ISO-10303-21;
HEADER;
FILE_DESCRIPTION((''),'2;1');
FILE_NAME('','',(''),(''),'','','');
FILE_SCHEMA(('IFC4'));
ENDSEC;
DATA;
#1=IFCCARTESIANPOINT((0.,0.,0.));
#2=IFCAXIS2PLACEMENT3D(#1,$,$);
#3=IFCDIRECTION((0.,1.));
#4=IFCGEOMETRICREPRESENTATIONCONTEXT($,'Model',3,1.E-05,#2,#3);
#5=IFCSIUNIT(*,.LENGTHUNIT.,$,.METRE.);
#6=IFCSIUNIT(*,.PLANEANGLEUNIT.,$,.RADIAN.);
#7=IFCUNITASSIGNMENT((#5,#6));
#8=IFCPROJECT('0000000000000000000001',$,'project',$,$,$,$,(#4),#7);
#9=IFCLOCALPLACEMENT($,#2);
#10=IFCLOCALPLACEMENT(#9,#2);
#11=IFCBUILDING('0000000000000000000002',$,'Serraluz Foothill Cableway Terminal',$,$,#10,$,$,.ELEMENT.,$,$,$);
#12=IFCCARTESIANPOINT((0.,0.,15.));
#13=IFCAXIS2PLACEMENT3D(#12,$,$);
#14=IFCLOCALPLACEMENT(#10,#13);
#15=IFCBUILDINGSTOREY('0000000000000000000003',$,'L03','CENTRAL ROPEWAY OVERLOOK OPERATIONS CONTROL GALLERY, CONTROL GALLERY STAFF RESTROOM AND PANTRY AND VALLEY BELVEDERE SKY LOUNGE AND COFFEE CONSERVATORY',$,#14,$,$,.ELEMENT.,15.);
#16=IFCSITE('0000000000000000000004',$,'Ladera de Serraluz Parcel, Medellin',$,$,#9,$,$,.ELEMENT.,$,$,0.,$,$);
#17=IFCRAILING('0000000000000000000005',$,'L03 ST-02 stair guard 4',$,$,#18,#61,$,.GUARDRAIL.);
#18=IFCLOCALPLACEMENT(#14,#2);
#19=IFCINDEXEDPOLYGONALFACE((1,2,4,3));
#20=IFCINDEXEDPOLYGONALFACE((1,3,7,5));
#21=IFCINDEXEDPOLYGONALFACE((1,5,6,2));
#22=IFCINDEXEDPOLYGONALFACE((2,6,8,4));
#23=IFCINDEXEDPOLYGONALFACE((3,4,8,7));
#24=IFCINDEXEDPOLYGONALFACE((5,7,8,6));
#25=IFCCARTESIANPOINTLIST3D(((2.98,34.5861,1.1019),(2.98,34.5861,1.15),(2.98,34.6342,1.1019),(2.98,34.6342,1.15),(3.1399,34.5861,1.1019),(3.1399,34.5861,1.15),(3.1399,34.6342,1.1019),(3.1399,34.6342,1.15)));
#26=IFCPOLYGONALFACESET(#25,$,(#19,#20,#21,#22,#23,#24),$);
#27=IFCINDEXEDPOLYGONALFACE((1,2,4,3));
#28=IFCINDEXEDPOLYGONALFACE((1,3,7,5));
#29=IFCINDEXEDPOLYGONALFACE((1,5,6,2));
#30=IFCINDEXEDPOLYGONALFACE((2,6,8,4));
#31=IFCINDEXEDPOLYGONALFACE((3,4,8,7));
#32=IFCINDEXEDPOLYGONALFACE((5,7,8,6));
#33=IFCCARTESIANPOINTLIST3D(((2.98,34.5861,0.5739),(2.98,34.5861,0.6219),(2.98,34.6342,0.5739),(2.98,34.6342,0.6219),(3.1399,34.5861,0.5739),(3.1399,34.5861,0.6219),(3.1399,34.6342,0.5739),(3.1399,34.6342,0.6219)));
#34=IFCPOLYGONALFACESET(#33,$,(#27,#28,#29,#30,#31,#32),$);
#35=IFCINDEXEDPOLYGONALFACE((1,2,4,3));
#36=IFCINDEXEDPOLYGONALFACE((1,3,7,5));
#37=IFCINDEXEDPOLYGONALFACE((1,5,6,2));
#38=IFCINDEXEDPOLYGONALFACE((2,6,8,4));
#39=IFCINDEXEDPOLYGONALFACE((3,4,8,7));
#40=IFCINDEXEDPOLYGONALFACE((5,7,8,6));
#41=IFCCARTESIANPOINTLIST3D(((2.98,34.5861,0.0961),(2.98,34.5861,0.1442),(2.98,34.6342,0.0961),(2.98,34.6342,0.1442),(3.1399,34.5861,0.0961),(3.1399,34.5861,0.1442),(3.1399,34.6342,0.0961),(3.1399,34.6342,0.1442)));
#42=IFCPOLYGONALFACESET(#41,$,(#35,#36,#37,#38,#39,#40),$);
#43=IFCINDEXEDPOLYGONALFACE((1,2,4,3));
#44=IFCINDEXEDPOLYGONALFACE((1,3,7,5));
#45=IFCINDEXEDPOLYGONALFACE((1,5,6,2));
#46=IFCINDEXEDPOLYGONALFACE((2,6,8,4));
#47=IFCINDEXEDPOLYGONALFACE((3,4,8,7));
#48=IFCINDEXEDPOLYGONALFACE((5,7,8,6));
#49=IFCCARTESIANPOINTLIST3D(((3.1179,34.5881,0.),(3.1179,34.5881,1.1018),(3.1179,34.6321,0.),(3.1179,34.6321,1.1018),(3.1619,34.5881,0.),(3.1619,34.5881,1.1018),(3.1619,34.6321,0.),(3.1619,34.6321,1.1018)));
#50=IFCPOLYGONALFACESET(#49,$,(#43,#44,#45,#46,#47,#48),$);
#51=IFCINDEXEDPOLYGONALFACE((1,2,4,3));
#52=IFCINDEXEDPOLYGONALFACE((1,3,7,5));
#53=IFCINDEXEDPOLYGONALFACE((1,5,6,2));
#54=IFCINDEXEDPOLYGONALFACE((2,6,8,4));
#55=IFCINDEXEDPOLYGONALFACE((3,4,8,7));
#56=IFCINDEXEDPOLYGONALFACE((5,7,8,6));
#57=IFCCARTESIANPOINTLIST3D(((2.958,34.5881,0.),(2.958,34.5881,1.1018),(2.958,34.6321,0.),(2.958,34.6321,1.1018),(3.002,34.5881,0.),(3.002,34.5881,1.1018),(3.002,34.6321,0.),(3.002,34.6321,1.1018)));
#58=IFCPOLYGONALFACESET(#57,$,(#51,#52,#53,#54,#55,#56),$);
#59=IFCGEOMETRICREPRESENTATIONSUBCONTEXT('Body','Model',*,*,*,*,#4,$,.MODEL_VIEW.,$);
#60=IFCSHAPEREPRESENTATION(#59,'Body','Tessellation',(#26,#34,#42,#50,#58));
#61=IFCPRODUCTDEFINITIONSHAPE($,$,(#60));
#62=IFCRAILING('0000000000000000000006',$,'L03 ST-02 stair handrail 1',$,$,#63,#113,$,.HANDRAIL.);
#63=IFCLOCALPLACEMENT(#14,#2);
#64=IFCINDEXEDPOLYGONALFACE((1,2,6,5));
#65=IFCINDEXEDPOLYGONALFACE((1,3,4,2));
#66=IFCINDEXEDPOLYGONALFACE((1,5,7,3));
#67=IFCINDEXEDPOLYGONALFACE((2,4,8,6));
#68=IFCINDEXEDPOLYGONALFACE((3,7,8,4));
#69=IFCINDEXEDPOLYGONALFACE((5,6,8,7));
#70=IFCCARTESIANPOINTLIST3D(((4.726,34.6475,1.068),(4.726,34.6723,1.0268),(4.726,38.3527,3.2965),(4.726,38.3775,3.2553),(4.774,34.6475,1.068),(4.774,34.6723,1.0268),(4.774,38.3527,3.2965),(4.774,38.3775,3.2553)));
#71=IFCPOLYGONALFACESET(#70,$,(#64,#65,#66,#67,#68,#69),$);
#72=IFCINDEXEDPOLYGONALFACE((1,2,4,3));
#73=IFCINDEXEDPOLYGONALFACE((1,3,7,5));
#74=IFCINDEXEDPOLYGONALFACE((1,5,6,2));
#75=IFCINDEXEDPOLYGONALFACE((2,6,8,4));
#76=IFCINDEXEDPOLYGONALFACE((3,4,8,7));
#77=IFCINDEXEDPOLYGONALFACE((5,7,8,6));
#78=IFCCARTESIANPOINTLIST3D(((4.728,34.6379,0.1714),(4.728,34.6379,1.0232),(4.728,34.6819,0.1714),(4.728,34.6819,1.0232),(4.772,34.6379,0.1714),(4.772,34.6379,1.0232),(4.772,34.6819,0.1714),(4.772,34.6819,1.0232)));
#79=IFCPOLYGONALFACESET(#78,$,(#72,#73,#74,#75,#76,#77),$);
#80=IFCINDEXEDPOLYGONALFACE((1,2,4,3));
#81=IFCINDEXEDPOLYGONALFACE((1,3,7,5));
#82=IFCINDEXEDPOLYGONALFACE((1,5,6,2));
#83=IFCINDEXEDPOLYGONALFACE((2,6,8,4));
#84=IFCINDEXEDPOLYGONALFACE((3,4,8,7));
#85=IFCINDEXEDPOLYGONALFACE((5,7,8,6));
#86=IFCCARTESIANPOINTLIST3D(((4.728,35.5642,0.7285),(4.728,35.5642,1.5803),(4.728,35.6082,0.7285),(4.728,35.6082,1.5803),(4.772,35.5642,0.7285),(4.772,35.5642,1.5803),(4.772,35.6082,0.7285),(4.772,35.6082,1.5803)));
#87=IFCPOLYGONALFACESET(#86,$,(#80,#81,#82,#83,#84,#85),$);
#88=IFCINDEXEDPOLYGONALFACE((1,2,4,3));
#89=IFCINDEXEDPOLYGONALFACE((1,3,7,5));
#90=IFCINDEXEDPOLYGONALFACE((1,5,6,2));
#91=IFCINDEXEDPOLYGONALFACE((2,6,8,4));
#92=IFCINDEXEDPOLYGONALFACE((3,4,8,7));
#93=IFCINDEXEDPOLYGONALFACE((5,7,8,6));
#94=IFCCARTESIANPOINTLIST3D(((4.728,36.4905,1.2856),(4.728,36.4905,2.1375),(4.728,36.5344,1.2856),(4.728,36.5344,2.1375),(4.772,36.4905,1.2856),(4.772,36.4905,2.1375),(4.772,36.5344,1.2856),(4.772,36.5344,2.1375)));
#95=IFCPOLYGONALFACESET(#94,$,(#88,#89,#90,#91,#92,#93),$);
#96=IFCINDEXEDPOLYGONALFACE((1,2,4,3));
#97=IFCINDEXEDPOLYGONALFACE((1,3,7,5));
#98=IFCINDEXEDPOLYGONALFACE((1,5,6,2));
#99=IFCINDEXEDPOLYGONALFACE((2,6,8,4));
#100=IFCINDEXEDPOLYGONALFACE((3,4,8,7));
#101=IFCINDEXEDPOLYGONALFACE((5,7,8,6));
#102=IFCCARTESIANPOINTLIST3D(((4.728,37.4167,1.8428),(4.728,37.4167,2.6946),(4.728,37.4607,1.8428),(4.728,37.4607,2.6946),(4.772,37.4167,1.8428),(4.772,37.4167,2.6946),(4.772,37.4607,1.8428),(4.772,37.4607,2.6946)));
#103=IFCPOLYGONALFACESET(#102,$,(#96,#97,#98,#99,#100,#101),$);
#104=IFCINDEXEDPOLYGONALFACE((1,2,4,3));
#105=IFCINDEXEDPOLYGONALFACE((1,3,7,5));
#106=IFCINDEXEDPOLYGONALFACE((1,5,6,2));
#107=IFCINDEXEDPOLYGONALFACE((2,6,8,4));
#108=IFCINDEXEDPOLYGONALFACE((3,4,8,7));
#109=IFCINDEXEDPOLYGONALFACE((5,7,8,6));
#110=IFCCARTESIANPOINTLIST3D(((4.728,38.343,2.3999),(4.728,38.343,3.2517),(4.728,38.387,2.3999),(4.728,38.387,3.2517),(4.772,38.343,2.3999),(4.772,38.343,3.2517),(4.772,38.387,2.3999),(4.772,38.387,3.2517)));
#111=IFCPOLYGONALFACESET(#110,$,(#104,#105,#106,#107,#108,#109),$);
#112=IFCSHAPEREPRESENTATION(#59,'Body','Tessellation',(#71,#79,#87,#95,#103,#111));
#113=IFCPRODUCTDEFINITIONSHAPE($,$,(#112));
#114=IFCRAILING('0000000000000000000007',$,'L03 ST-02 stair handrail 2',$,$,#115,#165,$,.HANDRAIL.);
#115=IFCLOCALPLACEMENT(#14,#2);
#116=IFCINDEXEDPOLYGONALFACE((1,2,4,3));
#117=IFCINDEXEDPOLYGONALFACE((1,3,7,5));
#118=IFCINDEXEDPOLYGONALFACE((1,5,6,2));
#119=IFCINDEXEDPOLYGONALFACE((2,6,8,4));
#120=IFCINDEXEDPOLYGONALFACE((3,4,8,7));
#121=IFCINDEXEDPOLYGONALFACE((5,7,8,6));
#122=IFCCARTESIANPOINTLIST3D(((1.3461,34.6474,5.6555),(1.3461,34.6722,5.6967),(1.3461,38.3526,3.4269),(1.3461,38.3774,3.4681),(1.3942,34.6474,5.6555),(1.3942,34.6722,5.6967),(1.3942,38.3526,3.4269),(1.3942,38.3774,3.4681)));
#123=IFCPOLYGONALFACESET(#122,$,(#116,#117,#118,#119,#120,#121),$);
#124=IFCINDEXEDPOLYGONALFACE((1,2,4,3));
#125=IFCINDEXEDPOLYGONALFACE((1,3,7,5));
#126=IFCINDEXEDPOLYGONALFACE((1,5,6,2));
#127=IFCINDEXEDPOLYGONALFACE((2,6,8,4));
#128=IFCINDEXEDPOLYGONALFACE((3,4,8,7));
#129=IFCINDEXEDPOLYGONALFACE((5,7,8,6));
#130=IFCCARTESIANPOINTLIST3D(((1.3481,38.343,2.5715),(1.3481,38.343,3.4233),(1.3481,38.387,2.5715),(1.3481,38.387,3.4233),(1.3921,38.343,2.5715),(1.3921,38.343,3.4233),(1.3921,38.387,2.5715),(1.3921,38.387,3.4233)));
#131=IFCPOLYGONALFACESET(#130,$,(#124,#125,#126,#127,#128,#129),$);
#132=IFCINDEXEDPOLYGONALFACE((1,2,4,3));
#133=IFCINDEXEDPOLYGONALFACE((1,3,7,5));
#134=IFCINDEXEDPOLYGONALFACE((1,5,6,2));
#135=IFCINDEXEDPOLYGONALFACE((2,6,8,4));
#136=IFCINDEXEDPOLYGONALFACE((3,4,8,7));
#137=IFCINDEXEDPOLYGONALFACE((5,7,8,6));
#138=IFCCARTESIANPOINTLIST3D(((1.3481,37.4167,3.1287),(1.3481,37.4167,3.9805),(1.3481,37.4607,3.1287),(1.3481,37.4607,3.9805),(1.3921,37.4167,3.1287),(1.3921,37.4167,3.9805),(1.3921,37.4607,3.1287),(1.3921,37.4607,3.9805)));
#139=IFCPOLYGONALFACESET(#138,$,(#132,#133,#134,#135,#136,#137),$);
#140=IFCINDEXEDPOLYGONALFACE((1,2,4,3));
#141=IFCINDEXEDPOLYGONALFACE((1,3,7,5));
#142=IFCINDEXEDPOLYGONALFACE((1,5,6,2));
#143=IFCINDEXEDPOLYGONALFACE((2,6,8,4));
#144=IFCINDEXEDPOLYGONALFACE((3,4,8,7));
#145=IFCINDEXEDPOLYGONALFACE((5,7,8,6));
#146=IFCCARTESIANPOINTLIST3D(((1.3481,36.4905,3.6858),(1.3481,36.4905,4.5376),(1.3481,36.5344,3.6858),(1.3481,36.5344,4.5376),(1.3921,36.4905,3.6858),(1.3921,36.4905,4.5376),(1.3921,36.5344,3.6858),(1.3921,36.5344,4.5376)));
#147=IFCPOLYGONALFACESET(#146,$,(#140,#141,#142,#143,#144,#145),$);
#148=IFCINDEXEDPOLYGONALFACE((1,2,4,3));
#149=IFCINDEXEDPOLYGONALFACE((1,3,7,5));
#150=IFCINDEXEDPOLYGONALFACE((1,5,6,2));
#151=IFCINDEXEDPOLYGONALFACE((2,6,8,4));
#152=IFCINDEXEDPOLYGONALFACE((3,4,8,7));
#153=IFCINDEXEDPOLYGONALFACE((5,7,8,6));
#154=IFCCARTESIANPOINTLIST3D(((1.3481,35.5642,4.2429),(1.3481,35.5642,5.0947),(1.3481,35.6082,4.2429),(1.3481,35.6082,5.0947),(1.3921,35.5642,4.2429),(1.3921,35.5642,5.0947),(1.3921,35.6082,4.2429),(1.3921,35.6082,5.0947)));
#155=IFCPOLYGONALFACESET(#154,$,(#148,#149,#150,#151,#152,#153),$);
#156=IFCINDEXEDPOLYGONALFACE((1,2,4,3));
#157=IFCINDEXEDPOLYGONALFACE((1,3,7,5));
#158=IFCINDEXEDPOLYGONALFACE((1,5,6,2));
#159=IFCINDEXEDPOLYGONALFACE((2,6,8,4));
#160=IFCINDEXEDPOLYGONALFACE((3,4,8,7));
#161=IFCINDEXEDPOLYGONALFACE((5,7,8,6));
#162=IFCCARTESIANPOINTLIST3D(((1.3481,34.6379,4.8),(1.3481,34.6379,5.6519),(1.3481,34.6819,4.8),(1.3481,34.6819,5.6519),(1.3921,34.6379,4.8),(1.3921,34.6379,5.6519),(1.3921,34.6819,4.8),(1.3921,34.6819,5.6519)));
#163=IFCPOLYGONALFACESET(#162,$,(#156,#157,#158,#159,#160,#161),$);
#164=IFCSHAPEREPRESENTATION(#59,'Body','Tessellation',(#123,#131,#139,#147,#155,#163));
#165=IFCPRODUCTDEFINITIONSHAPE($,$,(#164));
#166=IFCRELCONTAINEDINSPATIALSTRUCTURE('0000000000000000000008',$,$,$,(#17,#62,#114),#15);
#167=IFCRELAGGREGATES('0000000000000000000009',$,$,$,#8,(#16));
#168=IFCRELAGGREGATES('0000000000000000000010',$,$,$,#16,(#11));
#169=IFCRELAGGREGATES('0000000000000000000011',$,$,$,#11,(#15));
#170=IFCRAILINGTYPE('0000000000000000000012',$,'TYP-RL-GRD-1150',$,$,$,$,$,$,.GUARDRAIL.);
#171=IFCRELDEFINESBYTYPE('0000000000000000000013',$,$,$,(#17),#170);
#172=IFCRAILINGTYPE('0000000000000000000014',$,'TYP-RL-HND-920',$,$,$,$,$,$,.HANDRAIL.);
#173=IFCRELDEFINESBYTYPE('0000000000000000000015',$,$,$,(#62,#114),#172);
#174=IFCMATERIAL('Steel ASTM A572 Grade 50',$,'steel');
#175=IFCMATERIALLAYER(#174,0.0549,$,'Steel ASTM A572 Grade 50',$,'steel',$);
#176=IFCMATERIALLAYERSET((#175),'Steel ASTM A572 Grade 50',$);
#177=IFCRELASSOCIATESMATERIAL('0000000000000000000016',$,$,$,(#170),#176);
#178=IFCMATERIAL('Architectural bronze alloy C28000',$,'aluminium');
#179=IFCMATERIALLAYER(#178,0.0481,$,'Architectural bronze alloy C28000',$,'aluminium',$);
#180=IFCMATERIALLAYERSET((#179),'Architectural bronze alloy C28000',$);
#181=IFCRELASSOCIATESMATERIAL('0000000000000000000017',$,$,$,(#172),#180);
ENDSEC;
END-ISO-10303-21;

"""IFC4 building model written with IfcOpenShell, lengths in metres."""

from ifc_helpers import new_model, si_unit, direction, frame, origin, origin_2d, place, context, subcontext, project, spatial, rectangle, extrude, material, layer, layer_set, type_object, element, save


model = new_model("IFC4")

# Units and contexts
model_context = context("Model", 3, precision=1e-05, world=origin(), true_north=direction((0.0, 1.0)))
body_context = subcontext(model_context, "Body", "Model", "MODEL_VIEW")
ifc_project = project(units=[si_unit("LENGTHUNIT", "METRE"), si_unit("PLANEANGLEUNIT", "RADIAN")], contexts=[model_context])

# Site, building, storey
site_placement = place(None, origin())
site = spatial("IfcSite", under=ifc_project, at=site_placement, Name="Ladera de Serraluz Parcel, Medellin", CompositionType="ELEMENT", RefElevation=0.0)
building_placement = place(site_placement, origin())
building = spatial("IfcBuilding", under=site, at=building_placement, Name="Serraluz Foothill Cableway Terminal", CompositionType="ELEMENT")
storey_placement = place(building_placement, frame((0.0, 0.0, 15.0)))
storey = spatial("IfcBuildingStorey", under=building, at=storey_placement, Name="L03", Description="CENTRAL ROPEWAY OVERLOOK OPERATIONS CONTROL GALLERY, CONTROL GALLERY STAFF RESTROOM AND PANTRY AND VALLEY BELVEDERE SKY LOUNGE AND COFFEE CONSERVATORY", CompositionType="ELEMENT", Elevation=15.0)

# Shared definitions
ifc_material_1 = material(Name="Architectural bronze alloy C28000", Category="aluminium")

# Railings
ifc_material_2 = material(Name="Steel ASTM A572 Grade 50", Category="steel")
ifc_layer_1 = layer(ifc_material_2, 0.0549, Name="Steel ASTM A572 Grade 50", Category="steel")
ifc_layer_set_1 = layer_set([ifc_layer_1], Name="Steel ASTM A572 Grade 50")
railing_type_1 = type_object("IfcRailingType", Name="TYP-RL-GRD-1150", PredefinedType="GUARDRAIL", material=ifc_layer_set_1)
railing_1_placement = place(storey_placement, frame((3.1399, 34.6101, 0.0)))
element("IfcRailing", 1, at=railing_1_placement, inside=storey, type_object=railing_type_1, Name="L03 ST-02 stair guard 4", PredefinedType="GUARDRAIL", context=body_context, shape_type="SweptSolid", body=[
    extrude(rectangle(XDim=0.0481, YDim=0.0481, at=origin_2d()), frame((0.0, 0.0, 1.126), z_axis=(-1.0, 0.0, 0.0), x_axis=(0.0, -1.0, 0.0)), (0.0, 0.0, 1.0), 0.1599),
    extrude(rectangle(XDim=0.0481, YDim=0.0481, at=origin_2d()), frame((0.0, 0.0, 0.5979), z_axis=(-1.0, 0.0, 0.0), x_axis=(0.0, -1.0, 0.0)), (0.0, 0.0, 1.0), 0.1599),
    extrude(rectangle(XDim=0.0481, YDim=0.0481, at=origin_2d()), frame((0.0, 0.0, 0.1201), z_axis=(-1.0, 0.0, 0.0), x_axis=(0.0, -1.0, 0.0)), (0.0, 0.0, 1.0), 0.1599),
    extrude(rectangle(XDim=0.0439, YDim=0.0439, at=origin_2d()), origin(), (0.0, 0.0, 1.0), 1.1018),
    extrude(rectangle(XDim=0.0439, YDim=0.0439, at=origin_2d()), frame((-0.1599, 0.0, 0.0)), (0.0, 0.0, 1.0), 1.1018),
])
ifc_layer_2 = layer(ifc_material_1, 0.0481, Name="Architectural bronze alloy C28000", Category="aluminium")
ifc_layer_set_2 = layer_set([ifc_layer_2], Name="Architectural bronze alloy C28000")
railing_type_2 = type_object("IfcRailingType", Name="TYP-RL-HND-920", PredefinedType="HANDRAIL", material=ifc_layer_set_2)
railing_2_placement = place(storey_placement, frame((4.75, 34.6599, 0.1714)))
element("IfcRailing", 2, at=railing_2_placement, inside=storey, type_object=railing_type_2, Name="L03 ST-02 stair handrail 1", PredefinedType="HANDRAIL", context=body_context, shape_type="SweptSolid", body=[
    extrude(rectangle(XDim=0.0481, YDim=0.0481, at=origin_2d()), frame((0.0, 0.0, 0.876), z_axis=(0.0, 0.856934, 0.515425), x_axis=(-1.0, 0.0, 0.0)), (0.0, 0.0, 1.0), 4.3237),
    extrude(rectangle(XDim=0.0439, YDim=0.0439, at=origin_2d()), origin(), (0.0, 0.0, 1.0), 0.8518),
    extrude(rectangle(XDim=0.0439, YDim=0.0439, at=origin_2d()), frame((0.0, 0.9263, 0.5571)), (0.0, 0.0, 1.0), 0.8518),
    extrude(rectangle(XDim=0.0439, YDim=0.0439, at=origin_2d()), frame((0.0, 1.8525, 1.1143)), (0.0, 0.0, 1.0), 0.8518),
    extrude(rectangle(XDim=0.0439, YDim=0.0439, at=origin_2d()), frame((0.0, 2.7788, 1.6714)), (0.0, 0.0, 1.0), 0.8518),
    extrude(rectangle(XDim=0.0439, YDim=0.0439, at=origin_2d()), frame((0.0, 3.7051, 2.2285)), (0.0, 0.0, 1.0), 0.8518),
])
railing_3_placement = place(storey_placement, frame((1.3701, 38.365, 2.5715)))
element("IfcRailing", 3, at=railing_3_placement, inside=storey, type_object=railing_type_2, Name="L03 ST-02 stair handrail 2", PredefinedType="HANDRAIL", context=body_context, shape_type="SweptSolid", body=[
    extrude(rectangle(XDim=0.0481, YDim=0.0481, at=origin_2d()), frame((0.0, 0.0, 0.876), z_axis=(0.0, -0.856934, 0.515425), x_axis=(1.0, 0.0, 0.0)), (0.0, 0.0, 1.0), 4.3237),
    extrude(rectangle(XDim=0.0439, YDim=0.0439, at=origin_2d()), origin(), (0.0, 0.0, 1.0), 0.8518),
    extrude(rectangle(XDim=0.0439, YDim=0.0439, at=origin_2d()), frame((0.0, -0.9263, 0.5571)), (0.0, 0.0, 1.0), 0.8518),
    extrude(rectangle(XDim=0.0439, YDim=0.0439, at=origin_2d()), frame((0.0, -1.8525, 1.1143)), (0.0, 0.0, 1.0), 0.8518),
    extrude(rectangle(XDim=0.0439, YDim=0.0439, at=origin_2d()), frame((0.0, -2.7788, 1.6714)), (0.0, 0.0, 1.0), 0.8518),
    extrude(rectangle(XDim=0.0439, YDim=0.0439, at=origin_2d()), frame((0.0, -3.7051, 2.2285)), (0.0, 0.0, 1.0), 0.8518),
])

save(model, "model.ifc")
